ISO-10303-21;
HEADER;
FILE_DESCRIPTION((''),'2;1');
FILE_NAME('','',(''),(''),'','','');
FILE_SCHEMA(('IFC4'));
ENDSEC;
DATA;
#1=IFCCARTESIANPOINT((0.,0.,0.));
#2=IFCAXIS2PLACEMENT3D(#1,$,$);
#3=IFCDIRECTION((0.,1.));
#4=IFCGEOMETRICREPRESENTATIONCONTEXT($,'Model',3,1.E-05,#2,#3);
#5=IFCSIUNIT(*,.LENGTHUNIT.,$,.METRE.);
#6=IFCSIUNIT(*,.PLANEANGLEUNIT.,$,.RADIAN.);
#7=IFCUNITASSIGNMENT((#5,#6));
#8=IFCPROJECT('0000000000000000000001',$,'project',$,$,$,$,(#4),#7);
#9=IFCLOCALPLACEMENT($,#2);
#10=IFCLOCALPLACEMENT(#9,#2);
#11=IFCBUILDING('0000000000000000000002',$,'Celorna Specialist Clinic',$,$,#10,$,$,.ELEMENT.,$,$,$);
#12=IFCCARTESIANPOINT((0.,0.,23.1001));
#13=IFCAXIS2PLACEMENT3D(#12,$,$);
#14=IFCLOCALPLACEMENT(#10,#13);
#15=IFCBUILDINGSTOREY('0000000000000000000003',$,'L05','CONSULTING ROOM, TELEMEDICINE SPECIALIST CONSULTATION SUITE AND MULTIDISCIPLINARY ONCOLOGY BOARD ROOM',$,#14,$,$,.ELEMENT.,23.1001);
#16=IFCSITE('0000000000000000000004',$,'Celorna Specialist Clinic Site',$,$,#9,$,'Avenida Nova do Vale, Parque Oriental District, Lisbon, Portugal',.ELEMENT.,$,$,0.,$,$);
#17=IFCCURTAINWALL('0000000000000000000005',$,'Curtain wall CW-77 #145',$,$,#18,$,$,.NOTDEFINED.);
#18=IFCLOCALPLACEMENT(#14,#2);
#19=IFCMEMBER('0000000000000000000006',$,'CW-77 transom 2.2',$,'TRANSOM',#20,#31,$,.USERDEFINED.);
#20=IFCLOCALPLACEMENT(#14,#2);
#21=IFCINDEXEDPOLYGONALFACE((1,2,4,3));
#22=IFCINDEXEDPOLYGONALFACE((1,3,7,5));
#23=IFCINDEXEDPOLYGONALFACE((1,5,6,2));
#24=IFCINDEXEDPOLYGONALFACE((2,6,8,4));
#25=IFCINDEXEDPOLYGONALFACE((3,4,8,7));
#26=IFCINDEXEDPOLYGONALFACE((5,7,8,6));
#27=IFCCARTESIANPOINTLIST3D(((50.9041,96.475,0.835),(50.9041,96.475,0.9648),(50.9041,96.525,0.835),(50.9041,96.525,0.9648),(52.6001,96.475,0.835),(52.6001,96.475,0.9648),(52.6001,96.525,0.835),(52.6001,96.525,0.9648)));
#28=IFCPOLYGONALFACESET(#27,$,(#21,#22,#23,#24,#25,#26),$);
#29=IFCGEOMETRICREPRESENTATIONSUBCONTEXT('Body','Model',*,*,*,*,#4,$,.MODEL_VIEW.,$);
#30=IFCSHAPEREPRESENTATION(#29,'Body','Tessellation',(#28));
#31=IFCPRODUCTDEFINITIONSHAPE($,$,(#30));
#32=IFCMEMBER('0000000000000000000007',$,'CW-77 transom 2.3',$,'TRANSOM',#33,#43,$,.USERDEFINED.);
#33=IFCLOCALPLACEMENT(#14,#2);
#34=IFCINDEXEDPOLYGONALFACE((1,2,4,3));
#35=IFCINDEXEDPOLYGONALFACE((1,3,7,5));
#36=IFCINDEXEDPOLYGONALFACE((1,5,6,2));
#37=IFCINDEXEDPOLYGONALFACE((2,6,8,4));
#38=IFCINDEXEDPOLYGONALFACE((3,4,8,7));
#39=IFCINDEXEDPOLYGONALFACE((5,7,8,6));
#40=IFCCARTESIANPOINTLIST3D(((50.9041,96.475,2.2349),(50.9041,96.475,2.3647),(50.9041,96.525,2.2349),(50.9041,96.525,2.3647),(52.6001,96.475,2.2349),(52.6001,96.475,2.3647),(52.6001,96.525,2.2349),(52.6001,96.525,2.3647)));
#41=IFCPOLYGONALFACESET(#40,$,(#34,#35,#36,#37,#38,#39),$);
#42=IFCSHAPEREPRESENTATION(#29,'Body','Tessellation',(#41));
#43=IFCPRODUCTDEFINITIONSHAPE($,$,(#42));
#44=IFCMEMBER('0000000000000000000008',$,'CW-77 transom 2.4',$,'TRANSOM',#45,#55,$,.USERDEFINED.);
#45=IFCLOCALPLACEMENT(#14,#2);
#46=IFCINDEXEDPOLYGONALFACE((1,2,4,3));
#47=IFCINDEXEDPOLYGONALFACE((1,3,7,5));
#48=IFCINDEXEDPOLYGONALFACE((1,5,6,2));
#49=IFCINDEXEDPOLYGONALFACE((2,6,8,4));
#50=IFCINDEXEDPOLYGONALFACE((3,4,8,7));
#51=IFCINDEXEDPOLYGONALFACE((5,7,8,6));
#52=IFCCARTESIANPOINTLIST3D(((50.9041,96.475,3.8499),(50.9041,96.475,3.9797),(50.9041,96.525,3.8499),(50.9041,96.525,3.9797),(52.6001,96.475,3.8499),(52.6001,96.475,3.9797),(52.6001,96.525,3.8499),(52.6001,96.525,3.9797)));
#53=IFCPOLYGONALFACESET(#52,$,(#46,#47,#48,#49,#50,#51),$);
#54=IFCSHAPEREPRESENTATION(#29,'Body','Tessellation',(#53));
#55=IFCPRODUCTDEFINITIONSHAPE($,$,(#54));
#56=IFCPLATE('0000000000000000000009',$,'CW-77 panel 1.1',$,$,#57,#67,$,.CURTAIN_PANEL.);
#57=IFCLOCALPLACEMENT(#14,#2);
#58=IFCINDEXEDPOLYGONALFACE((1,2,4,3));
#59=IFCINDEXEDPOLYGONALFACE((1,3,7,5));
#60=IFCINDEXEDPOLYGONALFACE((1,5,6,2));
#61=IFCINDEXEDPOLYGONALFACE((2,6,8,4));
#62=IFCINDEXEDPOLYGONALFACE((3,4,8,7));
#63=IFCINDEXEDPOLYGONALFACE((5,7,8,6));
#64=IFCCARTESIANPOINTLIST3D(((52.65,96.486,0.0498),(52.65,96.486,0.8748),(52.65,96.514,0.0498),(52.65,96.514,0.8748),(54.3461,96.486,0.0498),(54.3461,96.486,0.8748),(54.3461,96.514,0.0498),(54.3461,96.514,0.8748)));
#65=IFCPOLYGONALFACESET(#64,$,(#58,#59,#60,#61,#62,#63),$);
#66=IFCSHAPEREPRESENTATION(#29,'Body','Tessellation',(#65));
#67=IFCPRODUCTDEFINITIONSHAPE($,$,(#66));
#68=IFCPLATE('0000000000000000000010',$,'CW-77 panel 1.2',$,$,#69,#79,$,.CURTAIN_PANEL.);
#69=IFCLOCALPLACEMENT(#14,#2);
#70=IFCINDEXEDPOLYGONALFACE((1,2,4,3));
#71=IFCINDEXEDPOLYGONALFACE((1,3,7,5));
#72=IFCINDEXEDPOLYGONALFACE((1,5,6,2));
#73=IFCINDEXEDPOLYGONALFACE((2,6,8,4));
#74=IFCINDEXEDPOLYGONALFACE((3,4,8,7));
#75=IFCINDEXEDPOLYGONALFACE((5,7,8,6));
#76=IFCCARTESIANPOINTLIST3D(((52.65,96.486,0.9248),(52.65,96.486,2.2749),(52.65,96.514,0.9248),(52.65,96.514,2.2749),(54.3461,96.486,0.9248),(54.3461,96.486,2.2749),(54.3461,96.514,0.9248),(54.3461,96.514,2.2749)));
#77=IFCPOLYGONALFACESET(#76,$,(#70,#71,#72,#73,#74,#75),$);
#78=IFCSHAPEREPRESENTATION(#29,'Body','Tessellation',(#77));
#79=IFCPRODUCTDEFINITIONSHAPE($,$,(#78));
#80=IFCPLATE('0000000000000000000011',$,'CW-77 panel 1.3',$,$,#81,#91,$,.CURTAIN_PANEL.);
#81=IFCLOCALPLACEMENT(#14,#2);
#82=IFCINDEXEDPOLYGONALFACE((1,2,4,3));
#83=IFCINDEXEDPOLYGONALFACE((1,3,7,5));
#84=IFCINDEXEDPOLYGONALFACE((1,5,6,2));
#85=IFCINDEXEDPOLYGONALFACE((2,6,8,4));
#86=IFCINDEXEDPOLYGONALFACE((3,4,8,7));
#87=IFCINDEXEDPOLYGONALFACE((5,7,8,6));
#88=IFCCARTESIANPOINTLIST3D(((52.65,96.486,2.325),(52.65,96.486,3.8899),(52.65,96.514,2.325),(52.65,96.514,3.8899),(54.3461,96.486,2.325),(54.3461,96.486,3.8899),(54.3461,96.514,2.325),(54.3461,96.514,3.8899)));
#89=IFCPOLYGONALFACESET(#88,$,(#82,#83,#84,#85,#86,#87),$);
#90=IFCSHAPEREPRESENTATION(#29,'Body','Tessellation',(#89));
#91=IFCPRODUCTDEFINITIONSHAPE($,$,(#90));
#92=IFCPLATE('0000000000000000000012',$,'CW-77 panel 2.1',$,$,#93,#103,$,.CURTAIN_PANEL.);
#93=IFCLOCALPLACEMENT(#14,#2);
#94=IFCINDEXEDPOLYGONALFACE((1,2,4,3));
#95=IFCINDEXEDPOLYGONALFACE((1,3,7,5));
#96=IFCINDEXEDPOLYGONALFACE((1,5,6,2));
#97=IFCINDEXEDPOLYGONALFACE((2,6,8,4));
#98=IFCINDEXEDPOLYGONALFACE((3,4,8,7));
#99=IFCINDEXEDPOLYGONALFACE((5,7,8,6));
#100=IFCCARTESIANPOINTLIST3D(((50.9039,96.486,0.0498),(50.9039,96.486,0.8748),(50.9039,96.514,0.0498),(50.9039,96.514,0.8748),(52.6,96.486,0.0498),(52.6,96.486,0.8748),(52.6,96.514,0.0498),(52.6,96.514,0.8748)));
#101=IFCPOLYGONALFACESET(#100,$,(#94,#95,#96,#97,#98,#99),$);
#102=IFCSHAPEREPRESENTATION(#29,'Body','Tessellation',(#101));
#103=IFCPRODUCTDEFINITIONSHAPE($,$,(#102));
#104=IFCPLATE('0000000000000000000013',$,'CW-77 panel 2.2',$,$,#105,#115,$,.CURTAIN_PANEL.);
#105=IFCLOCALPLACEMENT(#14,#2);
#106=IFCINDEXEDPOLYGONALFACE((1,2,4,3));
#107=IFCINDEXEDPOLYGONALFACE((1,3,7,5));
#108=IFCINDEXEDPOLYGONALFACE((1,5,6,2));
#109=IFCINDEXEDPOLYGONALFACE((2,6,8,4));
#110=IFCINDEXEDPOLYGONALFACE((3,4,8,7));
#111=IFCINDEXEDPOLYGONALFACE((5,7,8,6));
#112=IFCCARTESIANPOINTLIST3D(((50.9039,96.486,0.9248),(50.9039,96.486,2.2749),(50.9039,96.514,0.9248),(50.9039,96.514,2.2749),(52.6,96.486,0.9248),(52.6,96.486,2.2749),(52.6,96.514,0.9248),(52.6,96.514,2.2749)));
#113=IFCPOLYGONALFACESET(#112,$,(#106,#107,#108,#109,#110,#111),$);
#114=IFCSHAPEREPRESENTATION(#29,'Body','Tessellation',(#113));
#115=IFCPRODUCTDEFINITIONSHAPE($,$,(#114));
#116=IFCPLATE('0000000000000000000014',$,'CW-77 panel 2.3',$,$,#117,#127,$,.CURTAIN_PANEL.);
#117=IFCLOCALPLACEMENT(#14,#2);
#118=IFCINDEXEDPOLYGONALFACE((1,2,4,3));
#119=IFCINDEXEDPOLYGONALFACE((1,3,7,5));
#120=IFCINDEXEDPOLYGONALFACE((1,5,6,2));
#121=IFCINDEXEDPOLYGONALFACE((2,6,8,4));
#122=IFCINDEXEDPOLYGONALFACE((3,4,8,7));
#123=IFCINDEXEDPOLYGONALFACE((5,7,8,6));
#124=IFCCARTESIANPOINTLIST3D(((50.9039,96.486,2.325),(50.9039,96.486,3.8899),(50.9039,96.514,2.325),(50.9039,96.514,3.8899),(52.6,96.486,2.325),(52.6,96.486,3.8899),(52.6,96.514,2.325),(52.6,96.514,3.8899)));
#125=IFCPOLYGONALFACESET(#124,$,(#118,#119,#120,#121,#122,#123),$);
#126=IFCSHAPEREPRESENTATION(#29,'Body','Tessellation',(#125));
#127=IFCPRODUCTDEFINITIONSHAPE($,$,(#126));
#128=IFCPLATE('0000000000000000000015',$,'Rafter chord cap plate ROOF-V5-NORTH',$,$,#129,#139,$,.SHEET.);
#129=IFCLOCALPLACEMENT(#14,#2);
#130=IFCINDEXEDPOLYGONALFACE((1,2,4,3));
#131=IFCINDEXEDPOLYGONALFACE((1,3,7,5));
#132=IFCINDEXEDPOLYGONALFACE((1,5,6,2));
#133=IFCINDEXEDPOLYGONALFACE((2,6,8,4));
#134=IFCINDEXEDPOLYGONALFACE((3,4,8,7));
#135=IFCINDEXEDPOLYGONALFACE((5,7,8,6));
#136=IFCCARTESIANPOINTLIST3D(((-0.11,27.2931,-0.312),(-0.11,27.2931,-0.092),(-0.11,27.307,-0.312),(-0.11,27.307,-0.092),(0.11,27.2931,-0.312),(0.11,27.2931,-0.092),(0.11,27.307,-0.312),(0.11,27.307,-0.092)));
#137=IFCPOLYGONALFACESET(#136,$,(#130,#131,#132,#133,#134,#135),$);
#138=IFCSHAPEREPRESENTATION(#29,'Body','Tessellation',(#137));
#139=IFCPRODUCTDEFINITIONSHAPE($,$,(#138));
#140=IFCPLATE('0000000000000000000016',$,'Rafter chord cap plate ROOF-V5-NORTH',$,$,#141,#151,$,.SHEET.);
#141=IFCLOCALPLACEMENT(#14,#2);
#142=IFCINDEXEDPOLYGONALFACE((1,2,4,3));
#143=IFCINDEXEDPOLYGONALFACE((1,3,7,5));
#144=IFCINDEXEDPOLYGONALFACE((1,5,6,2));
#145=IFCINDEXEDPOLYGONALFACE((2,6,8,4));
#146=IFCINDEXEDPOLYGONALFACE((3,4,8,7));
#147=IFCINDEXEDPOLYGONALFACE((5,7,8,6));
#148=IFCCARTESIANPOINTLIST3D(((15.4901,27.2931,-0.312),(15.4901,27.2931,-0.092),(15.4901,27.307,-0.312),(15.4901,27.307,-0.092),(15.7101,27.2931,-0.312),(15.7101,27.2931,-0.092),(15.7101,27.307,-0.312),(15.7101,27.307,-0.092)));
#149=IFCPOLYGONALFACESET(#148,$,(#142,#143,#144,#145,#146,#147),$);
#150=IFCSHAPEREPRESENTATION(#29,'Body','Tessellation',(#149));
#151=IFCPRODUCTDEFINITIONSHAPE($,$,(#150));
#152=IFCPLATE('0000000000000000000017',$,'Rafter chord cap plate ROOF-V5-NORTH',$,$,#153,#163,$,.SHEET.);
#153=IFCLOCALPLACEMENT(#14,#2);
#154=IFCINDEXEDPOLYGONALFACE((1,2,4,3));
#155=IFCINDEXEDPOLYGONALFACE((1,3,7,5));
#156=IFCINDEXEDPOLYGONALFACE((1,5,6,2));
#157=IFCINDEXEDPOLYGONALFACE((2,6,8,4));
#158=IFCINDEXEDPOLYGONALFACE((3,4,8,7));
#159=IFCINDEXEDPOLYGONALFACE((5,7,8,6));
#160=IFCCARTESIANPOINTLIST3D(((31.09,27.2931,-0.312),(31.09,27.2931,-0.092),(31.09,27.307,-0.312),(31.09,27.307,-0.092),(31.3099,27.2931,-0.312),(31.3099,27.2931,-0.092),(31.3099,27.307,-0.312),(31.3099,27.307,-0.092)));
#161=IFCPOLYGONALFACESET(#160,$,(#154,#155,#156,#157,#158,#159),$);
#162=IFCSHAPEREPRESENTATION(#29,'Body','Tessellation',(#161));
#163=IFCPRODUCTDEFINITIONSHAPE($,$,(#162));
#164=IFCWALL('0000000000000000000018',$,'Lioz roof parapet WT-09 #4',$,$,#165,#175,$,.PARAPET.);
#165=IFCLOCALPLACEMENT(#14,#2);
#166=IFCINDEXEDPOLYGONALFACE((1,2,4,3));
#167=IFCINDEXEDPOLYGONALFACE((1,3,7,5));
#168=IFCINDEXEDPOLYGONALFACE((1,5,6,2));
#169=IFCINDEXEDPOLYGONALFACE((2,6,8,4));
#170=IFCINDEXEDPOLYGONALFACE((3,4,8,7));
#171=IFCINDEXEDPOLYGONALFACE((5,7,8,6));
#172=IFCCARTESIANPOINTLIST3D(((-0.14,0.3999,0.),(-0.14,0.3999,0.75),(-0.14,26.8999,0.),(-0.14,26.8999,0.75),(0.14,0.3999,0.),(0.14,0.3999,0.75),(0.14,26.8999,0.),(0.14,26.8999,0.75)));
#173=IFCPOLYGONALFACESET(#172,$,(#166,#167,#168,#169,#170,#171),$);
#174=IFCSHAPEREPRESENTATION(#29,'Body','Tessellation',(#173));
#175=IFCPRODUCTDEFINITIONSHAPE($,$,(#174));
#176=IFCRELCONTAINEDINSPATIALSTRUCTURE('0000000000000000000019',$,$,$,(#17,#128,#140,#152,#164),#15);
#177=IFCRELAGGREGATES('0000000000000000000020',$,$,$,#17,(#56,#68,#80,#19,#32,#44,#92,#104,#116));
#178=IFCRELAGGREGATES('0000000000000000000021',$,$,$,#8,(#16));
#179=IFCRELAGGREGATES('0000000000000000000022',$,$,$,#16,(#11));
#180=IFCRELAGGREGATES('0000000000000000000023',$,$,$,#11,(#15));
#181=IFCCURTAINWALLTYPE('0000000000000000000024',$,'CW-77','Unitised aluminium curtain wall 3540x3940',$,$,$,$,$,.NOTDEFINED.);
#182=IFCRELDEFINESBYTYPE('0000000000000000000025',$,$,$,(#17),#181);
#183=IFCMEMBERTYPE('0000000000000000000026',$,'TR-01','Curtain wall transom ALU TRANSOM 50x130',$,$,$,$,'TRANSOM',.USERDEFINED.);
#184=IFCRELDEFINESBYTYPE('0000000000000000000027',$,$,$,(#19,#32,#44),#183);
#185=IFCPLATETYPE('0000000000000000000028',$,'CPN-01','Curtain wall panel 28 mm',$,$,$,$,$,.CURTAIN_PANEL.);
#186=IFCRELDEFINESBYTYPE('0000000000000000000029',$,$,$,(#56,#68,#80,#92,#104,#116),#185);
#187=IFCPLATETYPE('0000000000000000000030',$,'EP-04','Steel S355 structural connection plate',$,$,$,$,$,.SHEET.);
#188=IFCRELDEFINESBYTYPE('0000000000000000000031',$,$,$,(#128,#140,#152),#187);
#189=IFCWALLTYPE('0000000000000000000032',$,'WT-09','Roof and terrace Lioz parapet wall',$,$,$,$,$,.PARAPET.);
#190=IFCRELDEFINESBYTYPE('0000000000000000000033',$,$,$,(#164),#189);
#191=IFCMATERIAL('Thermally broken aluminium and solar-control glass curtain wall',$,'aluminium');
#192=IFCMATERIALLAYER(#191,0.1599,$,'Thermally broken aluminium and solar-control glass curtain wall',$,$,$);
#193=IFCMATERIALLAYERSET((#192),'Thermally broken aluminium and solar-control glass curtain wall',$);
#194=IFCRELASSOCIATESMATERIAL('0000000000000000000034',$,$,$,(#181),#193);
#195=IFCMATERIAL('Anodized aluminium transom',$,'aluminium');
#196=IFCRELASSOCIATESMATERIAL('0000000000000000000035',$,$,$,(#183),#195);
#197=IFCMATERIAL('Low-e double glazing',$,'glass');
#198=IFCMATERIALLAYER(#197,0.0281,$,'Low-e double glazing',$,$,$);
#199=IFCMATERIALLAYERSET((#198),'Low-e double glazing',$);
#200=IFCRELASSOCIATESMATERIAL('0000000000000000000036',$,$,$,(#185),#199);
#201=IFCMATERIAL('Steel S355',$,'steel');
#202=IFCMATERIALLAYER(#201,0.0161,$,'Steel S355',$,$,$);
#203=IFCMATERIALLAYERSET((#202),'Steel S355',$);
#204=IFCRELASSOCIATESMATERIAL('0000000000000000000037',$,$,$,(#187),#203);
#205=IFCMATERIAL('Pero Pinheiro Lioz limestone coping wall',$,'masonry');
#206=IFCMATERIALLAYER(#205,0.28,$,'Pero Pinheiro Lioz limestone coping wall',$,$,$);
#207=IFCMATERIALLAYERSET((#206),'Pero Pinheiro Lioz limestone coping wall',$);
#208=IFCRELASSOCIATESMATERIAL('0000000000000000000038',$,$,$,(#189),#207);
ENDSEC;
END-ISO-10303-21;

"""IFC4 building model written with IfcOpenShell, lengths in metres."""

from ifc_helpers import new_model, si_unit, direction, frame, frame_2d, origin, origin_2d, place, context, subcontext, project, spatial, rectangle, extrude, material, layer, layer_set, material_profile, profile_set, type_object, element, aggregate, save


model = new_model("IFC4")

# Units and contexts
model_context = context("Model", 3, precision=1e-05, world=origin(), true_north=direction((0.0, 1.0)))
body_context = subcontext(model_context, "Body", "Model", "MODEL_VIEW")
ifc_project = project(units=[si_unit("LENGTHUNIT", "METRE"), si_unit("PLANEANGLEUNIT", "RADIAN")], contexts=[model_context])

# Site, building, storey
site_placement = place(None, origin())
site = spatial("IfcSite", under=ifc_project, at=site_placement, Name="Celorna Specialist Clinic Site", LongName="Avenida Nova do Vale, Parque Oriental District, Lisbon, Portugal", CompositionType="ELEMENT", RefElevation=0.0)
building_placement = place(site_placement, origin())
building = spatial("IfcBuilding", under=site, at=building_placement, Name="Celorna Specialist Clinic", CompositionType="ELEMENT")
storey_placement = place(building_placement, frame((0.0, 0.0, 23.1001)))
storey = spatial("IfcBuildingStorey", under=building, at=storey_placement, Name="L05", Description="CONSULTING ROOM, TELEMEDICINE SPECIALIST CONSULTATION SUITE AND MULTIDISCIPLINARY ONCOLOGY BOARD ROOM", CompositionType="ELEMENT", Elevation=23.1001)

# Shared definitions
ifc_material_1 = material(Name="Steel S355", Category="steel")

# Curtain wall, members, plates
ifc_material_2 = material(Name="Thermally broken aluminium and solar-control glass curtain wall", Category="aluminium")
ifc_layer_1 = layer(ifc_material_2, 0.1599, Name="Thermally broken aluminium and solar-control glass curtain wall")
ifc_layer_set_1 = layer_set([ifc_layer_1], Name="Thermally broken aluminium and solar-control glass curtain wall")
curtain_wall_type = type_object("IfcCurtainWallType", Name="CW-77", Description="Unitised aluminium curtain wall 3540x3940", PredefinedType="NOTDEFINED", material=ifc_layer_set_1)
curtain_wall_placement = place(storey_placement, origin())
curtain_wall = element("IfcCurtainWall", 1, at=curtain_wall_placement, inside=storey, type_object=curtain_wall_type, Name="Curtain wall CW-77 #145", PredefinedType="NOTDEFINED")
ifc_material_3 = material(Name="Anodized aluminium transom", Category="aluminium")
ifc_material_profile_1 = material_profile(ifc_material_3, rectangle(XDim=0.05, YDim=0.1299, at=origin_2d()), Name="ALU TRANSOM 50x130")
ifc_profile_set_1 = profile_set([ifc_material_profile_1], Name="Anodized aluminium transom")
member_type_1 = type_object("IfcMemberType", Name="TR-01", Description="Curtain wall transom ALU TRANSOM 50x130", ElementType="TRANSOM", PredefinedType="USERDEFINED", material=ifc_profile_set_1)
member_1_placement = place(storey_placement, frame((52.6001, 96.5, 0.8999), z_axis=(-1.0, 0.0, 0.0), x_axis=(0.0, -1.0, 0.0)))
member_1 = element("IfcMember", 2, at=member_1_placement, type_object=member_type_1, Name="CW-77 transom 2.2", ObjectType="TRANSOM", PredefinedType="USERDEFINED", context=body_context, shape_type="SweptSolid", body=[
    extrude(rectangle(XDim=0.05, YDim=0.1299, at=origin_2d()), origin(), (0.0, 0.0, 1.0), 1.696),
])
member_2_placement = place(storey_placement, frame((52.6001, 96.5, 2.2998), z_axis=(-1.0, 0.0, 0.0), x_axis=(0.0, -1.0, 0.0)))
member_2 = element("IfcMember", 3, at=member_2_placement, type_object=member_type_1, Name="CW-77 transom 2.3", ObjectType="TRANSOM", PredefinedType="USERDEFINED", context=body_context, shape_type="SweptSolid", body=[
    extrude(rectangle(XDim=0.05, YDim=0.1299, at=origin_2d()), origin(), (0.0, 0.0, 1.0), 1.696),
])
member_3_placement = place(storey_placement, frame((52.6001, 96.5, 3.9148), z_axis=(-1.0, 0.0, 0.0), x_axis=(0.0, -1.0, 0.0)))
member_3 = element("IfcMember", 4, at=member_3_placement, type_object=member_type_1, Name="CW-77 transom 2.4", ObjectType="TRANSOM", PredefinedType="USERDEFINED", context=body_context, shape_type="SweptSolid", body=[
    extrude(rectangle(XDim=0.05, YDim=0.1299, at=origin_2d()), origin(), (0.0, 0.0, 1.0), 1.696),
])
ifc_material_4 = material(Name="Low-e double glazing", Category="glass")
ifc_layer_2 = layer(ifc_material_4, 0.0281, Name="Low-e double glazing")
ifc_layer_set_2 = layer_set([ifc_layer_2], Name="Low-e double glazing")
plate_type_1 = type_object("IfcPlateType", Name="CPN-01", Description="Curtain wall panel 28 mm", PredefinedType="CURTAIN_PANEL", material=ifc_layer_set_2)
plate_1_placement = place(storey_placement, frame((53.498, 96.5, 0.0498), z_axis=(0.0, 0.0, 1.0), x_axis=(-1.0, 0.0, 0.0)))
plate_1 = element("IfcPlate", 5, at=plate_1_placement, type_object=plate_type_1, Name="CW-77 panel 1.1", PredefinedType="CURTAIN_PANEL", context=body_context, shape_type="SweptSolid", body=[
    extrude(rectangle(XDim=1.696, YDim=0.0281, at=origin_2d()), origin(), (0.0, 0.0, 1.0), 0.825),
])
plate_2_placement = place(storey_placement, frame((53.498, 96.5, 0.9248), z_axis=(0.0, 0.0, 1.0), x_axis=(-1.0, 0.0, 0.0)))
plate_2 = element("IfcPlate", 6, at=plate_2_placement, type_object=plate_type_1, Name="CW-77 panel 1.2", PredefinedType="CURTAIN_PANEL", context=body_context, shape_type="SweptSolid", body=[
    extrude(rectangle(XDim=1.696, YDim=0.0281, at=origin_2d()), origin(), (0.0, 0.0, 1.0), 1.3501),
])
plate_3_placement = place(storey_placement, frame((53.498, 96.5, 2.325), z_axis=(0.0, 0.0, 1.0), x_axis=(-1.0, 0.0, 0.0)))
plate_3 = element("IfcPlate", 7, at=plate_3_placement, type_object=plate_type_1, Name="CW-77 panel 1.3", PredefinedType="CURTAIN_PANEL", context=body_context, shape_type="SweptSolid", body=[
    extrude(rectangle(XDim=1.696, YDim=0.0281, at=origin_2d()), origin(), (0.0, 0.0, 1.0), 1.5649),
])
plate_4_placement = place(storey_placement, frame((51.752, 96.5, 0.0498), z_axis=(0.0, 0.0, 1.0), x_axis=(-1.0, 0.0, 0.0)))
plate_4 = element("IfcPlate", 8, at=plate_4_placement, type_object=plate_type_1, Name="CW-77 panel 2.1", PredefinedType="CURTAIN_PANEL", context=body_context, shape_type="SweptSolid", body=[
    extrude(rectangle(XDim=1.696, YDim=0.0281, at=origin_2d()), origin(), (0.0, 0.0, 1.0), 0.825),
])
plate_5_placement = place(storey_placement, frame((51.752, 96.5, 0.9248), z_axis=(0.0, 0.0, 1.0), x_axis=(-1.0, 0.0, 0.0)))
plate_5 = element("IfcPlate", 9, at=plate_5_placement, type_object=plate_type_1, Name="CW-77 panel 2.2", PredefinedType="CURTAIN_PANEL", context=body_context, shape_type="SweptSolid", body=[
    extrude(rectangle(XDim=1.696, YDim=0.0281, at=origin_2d()), origin(), (0.0, 0.0, 1.0), 1.3501),
])
plate_6_placement = place(storey_placement, frame((51.752, 96.5, 2.325), z_axis=(0.0, 0.0, 1.0), x_axis=(-1.0, 0.0, 0.0)))
plate_6 = element("IfcPlate", 10, at=plate_6_placement, type_object=plate_type_1, Name="CW-77 panel 2.3", PredefinedType="CURTAIN_PANEL", context=body_context, shape_type="SweptSolid", body=[
    extrude(rectangle(XDim=1.696, YDim=0.0281, at=origin_2d()), origin(), (0.0, 0.0, 1.0), 1.5649),
])
aggregate(curtain_wall, [plate_1, plate_2, plate_3, member_1, member_2, member_3, plate_4, plate_5, plate_6])

# Plates
ifc_layer_3 = layer(ifc_material_1, 0.0161, Name="Steel S355")
ifc_layer_set_3 = layer_set([ifc_layer_3], Name="Steel S355")
plate_type_2 = type_object("IfcPlateType", Name="EP-04", Description="Steel S355 structural connection plate", PredefinedType="SHEET", material=ifc_layer_set_3)
for number, where, z_axis, x_axis, name in (
    (11, (0.0, 27.3, -0.312), (0.0, 0.0, 1.0), (1.0, 0.0, 0.0), "Rafter chord cap plate ROOF-V5-NORTH"),
    (12, (15.6001, 27.3, -0.312), (0.0, 0.0, 1.0), (1.0, 0.0, 0.0), "Rafter chord cap plate ROOF-V5-NORTH"),
    (13, (31.2, 27.3, -0.312), (0.0, 0.0, 1.0), (1.0, 0.0, 0.0), "Rafter chord cap plate ROOF-V5-NORTH"),
):
    element("IfcPlate", number, at=place(storey_placement, frame(where, z_axis=z_axis, x_axis=x_axis)), inside=storey, type_object=plate_type_2, Name=name, PredefinedType="SHEET", context=body_context, shape_type="SweptSolid", body=[
        extrude(rectangle(XDim=0.22, YDim=0.0139, at=origin_2d()), origin(), (0.0, 0.0, 1.0), 0.22),
    ])

# Wall
ifc_material_5 = material(Name="Pero Pinheiro Lioz limestone coping wall", Category="masonry")
ifc_layer_4 = layer(ifc_material_5, 0.28, Name="Pero Pinheiro Lioz limestone coping wall")
ifc_layer_set_4 = layer_set([ifc_layer_4], Name="Pero Pinheiro Lioz limestone coping wall")
wall_type = type_object("IfcWallType", Name="WT-09", Description="Roof and terrace Lioz parapet wall", PredefinedType="PARAPET", material=ifc_layer_set_4)
wall_placement = place(storey_placement, frame((0.0, 26.8999, 0.0), z_axis=(0.0, 0.0, 1.0), x_axis=(0.0, -1.0, 0.0)))
element("IfcWall", 14, at=wall_placement, inside=storey, type_object=wall_type, Name="Lioz roof parapet WT-09 #4", PredefinedType="PARAPET", context=body_context, shape_type="SweptSolid", body=[
    extrude(rectangle(XDim=26.5, YDim=0.28, at=frame_2d((13.25, 0.0))), origin(), (0.0, 0.0, 1.0), 0.75),
])

save(model, "model.ifc")
